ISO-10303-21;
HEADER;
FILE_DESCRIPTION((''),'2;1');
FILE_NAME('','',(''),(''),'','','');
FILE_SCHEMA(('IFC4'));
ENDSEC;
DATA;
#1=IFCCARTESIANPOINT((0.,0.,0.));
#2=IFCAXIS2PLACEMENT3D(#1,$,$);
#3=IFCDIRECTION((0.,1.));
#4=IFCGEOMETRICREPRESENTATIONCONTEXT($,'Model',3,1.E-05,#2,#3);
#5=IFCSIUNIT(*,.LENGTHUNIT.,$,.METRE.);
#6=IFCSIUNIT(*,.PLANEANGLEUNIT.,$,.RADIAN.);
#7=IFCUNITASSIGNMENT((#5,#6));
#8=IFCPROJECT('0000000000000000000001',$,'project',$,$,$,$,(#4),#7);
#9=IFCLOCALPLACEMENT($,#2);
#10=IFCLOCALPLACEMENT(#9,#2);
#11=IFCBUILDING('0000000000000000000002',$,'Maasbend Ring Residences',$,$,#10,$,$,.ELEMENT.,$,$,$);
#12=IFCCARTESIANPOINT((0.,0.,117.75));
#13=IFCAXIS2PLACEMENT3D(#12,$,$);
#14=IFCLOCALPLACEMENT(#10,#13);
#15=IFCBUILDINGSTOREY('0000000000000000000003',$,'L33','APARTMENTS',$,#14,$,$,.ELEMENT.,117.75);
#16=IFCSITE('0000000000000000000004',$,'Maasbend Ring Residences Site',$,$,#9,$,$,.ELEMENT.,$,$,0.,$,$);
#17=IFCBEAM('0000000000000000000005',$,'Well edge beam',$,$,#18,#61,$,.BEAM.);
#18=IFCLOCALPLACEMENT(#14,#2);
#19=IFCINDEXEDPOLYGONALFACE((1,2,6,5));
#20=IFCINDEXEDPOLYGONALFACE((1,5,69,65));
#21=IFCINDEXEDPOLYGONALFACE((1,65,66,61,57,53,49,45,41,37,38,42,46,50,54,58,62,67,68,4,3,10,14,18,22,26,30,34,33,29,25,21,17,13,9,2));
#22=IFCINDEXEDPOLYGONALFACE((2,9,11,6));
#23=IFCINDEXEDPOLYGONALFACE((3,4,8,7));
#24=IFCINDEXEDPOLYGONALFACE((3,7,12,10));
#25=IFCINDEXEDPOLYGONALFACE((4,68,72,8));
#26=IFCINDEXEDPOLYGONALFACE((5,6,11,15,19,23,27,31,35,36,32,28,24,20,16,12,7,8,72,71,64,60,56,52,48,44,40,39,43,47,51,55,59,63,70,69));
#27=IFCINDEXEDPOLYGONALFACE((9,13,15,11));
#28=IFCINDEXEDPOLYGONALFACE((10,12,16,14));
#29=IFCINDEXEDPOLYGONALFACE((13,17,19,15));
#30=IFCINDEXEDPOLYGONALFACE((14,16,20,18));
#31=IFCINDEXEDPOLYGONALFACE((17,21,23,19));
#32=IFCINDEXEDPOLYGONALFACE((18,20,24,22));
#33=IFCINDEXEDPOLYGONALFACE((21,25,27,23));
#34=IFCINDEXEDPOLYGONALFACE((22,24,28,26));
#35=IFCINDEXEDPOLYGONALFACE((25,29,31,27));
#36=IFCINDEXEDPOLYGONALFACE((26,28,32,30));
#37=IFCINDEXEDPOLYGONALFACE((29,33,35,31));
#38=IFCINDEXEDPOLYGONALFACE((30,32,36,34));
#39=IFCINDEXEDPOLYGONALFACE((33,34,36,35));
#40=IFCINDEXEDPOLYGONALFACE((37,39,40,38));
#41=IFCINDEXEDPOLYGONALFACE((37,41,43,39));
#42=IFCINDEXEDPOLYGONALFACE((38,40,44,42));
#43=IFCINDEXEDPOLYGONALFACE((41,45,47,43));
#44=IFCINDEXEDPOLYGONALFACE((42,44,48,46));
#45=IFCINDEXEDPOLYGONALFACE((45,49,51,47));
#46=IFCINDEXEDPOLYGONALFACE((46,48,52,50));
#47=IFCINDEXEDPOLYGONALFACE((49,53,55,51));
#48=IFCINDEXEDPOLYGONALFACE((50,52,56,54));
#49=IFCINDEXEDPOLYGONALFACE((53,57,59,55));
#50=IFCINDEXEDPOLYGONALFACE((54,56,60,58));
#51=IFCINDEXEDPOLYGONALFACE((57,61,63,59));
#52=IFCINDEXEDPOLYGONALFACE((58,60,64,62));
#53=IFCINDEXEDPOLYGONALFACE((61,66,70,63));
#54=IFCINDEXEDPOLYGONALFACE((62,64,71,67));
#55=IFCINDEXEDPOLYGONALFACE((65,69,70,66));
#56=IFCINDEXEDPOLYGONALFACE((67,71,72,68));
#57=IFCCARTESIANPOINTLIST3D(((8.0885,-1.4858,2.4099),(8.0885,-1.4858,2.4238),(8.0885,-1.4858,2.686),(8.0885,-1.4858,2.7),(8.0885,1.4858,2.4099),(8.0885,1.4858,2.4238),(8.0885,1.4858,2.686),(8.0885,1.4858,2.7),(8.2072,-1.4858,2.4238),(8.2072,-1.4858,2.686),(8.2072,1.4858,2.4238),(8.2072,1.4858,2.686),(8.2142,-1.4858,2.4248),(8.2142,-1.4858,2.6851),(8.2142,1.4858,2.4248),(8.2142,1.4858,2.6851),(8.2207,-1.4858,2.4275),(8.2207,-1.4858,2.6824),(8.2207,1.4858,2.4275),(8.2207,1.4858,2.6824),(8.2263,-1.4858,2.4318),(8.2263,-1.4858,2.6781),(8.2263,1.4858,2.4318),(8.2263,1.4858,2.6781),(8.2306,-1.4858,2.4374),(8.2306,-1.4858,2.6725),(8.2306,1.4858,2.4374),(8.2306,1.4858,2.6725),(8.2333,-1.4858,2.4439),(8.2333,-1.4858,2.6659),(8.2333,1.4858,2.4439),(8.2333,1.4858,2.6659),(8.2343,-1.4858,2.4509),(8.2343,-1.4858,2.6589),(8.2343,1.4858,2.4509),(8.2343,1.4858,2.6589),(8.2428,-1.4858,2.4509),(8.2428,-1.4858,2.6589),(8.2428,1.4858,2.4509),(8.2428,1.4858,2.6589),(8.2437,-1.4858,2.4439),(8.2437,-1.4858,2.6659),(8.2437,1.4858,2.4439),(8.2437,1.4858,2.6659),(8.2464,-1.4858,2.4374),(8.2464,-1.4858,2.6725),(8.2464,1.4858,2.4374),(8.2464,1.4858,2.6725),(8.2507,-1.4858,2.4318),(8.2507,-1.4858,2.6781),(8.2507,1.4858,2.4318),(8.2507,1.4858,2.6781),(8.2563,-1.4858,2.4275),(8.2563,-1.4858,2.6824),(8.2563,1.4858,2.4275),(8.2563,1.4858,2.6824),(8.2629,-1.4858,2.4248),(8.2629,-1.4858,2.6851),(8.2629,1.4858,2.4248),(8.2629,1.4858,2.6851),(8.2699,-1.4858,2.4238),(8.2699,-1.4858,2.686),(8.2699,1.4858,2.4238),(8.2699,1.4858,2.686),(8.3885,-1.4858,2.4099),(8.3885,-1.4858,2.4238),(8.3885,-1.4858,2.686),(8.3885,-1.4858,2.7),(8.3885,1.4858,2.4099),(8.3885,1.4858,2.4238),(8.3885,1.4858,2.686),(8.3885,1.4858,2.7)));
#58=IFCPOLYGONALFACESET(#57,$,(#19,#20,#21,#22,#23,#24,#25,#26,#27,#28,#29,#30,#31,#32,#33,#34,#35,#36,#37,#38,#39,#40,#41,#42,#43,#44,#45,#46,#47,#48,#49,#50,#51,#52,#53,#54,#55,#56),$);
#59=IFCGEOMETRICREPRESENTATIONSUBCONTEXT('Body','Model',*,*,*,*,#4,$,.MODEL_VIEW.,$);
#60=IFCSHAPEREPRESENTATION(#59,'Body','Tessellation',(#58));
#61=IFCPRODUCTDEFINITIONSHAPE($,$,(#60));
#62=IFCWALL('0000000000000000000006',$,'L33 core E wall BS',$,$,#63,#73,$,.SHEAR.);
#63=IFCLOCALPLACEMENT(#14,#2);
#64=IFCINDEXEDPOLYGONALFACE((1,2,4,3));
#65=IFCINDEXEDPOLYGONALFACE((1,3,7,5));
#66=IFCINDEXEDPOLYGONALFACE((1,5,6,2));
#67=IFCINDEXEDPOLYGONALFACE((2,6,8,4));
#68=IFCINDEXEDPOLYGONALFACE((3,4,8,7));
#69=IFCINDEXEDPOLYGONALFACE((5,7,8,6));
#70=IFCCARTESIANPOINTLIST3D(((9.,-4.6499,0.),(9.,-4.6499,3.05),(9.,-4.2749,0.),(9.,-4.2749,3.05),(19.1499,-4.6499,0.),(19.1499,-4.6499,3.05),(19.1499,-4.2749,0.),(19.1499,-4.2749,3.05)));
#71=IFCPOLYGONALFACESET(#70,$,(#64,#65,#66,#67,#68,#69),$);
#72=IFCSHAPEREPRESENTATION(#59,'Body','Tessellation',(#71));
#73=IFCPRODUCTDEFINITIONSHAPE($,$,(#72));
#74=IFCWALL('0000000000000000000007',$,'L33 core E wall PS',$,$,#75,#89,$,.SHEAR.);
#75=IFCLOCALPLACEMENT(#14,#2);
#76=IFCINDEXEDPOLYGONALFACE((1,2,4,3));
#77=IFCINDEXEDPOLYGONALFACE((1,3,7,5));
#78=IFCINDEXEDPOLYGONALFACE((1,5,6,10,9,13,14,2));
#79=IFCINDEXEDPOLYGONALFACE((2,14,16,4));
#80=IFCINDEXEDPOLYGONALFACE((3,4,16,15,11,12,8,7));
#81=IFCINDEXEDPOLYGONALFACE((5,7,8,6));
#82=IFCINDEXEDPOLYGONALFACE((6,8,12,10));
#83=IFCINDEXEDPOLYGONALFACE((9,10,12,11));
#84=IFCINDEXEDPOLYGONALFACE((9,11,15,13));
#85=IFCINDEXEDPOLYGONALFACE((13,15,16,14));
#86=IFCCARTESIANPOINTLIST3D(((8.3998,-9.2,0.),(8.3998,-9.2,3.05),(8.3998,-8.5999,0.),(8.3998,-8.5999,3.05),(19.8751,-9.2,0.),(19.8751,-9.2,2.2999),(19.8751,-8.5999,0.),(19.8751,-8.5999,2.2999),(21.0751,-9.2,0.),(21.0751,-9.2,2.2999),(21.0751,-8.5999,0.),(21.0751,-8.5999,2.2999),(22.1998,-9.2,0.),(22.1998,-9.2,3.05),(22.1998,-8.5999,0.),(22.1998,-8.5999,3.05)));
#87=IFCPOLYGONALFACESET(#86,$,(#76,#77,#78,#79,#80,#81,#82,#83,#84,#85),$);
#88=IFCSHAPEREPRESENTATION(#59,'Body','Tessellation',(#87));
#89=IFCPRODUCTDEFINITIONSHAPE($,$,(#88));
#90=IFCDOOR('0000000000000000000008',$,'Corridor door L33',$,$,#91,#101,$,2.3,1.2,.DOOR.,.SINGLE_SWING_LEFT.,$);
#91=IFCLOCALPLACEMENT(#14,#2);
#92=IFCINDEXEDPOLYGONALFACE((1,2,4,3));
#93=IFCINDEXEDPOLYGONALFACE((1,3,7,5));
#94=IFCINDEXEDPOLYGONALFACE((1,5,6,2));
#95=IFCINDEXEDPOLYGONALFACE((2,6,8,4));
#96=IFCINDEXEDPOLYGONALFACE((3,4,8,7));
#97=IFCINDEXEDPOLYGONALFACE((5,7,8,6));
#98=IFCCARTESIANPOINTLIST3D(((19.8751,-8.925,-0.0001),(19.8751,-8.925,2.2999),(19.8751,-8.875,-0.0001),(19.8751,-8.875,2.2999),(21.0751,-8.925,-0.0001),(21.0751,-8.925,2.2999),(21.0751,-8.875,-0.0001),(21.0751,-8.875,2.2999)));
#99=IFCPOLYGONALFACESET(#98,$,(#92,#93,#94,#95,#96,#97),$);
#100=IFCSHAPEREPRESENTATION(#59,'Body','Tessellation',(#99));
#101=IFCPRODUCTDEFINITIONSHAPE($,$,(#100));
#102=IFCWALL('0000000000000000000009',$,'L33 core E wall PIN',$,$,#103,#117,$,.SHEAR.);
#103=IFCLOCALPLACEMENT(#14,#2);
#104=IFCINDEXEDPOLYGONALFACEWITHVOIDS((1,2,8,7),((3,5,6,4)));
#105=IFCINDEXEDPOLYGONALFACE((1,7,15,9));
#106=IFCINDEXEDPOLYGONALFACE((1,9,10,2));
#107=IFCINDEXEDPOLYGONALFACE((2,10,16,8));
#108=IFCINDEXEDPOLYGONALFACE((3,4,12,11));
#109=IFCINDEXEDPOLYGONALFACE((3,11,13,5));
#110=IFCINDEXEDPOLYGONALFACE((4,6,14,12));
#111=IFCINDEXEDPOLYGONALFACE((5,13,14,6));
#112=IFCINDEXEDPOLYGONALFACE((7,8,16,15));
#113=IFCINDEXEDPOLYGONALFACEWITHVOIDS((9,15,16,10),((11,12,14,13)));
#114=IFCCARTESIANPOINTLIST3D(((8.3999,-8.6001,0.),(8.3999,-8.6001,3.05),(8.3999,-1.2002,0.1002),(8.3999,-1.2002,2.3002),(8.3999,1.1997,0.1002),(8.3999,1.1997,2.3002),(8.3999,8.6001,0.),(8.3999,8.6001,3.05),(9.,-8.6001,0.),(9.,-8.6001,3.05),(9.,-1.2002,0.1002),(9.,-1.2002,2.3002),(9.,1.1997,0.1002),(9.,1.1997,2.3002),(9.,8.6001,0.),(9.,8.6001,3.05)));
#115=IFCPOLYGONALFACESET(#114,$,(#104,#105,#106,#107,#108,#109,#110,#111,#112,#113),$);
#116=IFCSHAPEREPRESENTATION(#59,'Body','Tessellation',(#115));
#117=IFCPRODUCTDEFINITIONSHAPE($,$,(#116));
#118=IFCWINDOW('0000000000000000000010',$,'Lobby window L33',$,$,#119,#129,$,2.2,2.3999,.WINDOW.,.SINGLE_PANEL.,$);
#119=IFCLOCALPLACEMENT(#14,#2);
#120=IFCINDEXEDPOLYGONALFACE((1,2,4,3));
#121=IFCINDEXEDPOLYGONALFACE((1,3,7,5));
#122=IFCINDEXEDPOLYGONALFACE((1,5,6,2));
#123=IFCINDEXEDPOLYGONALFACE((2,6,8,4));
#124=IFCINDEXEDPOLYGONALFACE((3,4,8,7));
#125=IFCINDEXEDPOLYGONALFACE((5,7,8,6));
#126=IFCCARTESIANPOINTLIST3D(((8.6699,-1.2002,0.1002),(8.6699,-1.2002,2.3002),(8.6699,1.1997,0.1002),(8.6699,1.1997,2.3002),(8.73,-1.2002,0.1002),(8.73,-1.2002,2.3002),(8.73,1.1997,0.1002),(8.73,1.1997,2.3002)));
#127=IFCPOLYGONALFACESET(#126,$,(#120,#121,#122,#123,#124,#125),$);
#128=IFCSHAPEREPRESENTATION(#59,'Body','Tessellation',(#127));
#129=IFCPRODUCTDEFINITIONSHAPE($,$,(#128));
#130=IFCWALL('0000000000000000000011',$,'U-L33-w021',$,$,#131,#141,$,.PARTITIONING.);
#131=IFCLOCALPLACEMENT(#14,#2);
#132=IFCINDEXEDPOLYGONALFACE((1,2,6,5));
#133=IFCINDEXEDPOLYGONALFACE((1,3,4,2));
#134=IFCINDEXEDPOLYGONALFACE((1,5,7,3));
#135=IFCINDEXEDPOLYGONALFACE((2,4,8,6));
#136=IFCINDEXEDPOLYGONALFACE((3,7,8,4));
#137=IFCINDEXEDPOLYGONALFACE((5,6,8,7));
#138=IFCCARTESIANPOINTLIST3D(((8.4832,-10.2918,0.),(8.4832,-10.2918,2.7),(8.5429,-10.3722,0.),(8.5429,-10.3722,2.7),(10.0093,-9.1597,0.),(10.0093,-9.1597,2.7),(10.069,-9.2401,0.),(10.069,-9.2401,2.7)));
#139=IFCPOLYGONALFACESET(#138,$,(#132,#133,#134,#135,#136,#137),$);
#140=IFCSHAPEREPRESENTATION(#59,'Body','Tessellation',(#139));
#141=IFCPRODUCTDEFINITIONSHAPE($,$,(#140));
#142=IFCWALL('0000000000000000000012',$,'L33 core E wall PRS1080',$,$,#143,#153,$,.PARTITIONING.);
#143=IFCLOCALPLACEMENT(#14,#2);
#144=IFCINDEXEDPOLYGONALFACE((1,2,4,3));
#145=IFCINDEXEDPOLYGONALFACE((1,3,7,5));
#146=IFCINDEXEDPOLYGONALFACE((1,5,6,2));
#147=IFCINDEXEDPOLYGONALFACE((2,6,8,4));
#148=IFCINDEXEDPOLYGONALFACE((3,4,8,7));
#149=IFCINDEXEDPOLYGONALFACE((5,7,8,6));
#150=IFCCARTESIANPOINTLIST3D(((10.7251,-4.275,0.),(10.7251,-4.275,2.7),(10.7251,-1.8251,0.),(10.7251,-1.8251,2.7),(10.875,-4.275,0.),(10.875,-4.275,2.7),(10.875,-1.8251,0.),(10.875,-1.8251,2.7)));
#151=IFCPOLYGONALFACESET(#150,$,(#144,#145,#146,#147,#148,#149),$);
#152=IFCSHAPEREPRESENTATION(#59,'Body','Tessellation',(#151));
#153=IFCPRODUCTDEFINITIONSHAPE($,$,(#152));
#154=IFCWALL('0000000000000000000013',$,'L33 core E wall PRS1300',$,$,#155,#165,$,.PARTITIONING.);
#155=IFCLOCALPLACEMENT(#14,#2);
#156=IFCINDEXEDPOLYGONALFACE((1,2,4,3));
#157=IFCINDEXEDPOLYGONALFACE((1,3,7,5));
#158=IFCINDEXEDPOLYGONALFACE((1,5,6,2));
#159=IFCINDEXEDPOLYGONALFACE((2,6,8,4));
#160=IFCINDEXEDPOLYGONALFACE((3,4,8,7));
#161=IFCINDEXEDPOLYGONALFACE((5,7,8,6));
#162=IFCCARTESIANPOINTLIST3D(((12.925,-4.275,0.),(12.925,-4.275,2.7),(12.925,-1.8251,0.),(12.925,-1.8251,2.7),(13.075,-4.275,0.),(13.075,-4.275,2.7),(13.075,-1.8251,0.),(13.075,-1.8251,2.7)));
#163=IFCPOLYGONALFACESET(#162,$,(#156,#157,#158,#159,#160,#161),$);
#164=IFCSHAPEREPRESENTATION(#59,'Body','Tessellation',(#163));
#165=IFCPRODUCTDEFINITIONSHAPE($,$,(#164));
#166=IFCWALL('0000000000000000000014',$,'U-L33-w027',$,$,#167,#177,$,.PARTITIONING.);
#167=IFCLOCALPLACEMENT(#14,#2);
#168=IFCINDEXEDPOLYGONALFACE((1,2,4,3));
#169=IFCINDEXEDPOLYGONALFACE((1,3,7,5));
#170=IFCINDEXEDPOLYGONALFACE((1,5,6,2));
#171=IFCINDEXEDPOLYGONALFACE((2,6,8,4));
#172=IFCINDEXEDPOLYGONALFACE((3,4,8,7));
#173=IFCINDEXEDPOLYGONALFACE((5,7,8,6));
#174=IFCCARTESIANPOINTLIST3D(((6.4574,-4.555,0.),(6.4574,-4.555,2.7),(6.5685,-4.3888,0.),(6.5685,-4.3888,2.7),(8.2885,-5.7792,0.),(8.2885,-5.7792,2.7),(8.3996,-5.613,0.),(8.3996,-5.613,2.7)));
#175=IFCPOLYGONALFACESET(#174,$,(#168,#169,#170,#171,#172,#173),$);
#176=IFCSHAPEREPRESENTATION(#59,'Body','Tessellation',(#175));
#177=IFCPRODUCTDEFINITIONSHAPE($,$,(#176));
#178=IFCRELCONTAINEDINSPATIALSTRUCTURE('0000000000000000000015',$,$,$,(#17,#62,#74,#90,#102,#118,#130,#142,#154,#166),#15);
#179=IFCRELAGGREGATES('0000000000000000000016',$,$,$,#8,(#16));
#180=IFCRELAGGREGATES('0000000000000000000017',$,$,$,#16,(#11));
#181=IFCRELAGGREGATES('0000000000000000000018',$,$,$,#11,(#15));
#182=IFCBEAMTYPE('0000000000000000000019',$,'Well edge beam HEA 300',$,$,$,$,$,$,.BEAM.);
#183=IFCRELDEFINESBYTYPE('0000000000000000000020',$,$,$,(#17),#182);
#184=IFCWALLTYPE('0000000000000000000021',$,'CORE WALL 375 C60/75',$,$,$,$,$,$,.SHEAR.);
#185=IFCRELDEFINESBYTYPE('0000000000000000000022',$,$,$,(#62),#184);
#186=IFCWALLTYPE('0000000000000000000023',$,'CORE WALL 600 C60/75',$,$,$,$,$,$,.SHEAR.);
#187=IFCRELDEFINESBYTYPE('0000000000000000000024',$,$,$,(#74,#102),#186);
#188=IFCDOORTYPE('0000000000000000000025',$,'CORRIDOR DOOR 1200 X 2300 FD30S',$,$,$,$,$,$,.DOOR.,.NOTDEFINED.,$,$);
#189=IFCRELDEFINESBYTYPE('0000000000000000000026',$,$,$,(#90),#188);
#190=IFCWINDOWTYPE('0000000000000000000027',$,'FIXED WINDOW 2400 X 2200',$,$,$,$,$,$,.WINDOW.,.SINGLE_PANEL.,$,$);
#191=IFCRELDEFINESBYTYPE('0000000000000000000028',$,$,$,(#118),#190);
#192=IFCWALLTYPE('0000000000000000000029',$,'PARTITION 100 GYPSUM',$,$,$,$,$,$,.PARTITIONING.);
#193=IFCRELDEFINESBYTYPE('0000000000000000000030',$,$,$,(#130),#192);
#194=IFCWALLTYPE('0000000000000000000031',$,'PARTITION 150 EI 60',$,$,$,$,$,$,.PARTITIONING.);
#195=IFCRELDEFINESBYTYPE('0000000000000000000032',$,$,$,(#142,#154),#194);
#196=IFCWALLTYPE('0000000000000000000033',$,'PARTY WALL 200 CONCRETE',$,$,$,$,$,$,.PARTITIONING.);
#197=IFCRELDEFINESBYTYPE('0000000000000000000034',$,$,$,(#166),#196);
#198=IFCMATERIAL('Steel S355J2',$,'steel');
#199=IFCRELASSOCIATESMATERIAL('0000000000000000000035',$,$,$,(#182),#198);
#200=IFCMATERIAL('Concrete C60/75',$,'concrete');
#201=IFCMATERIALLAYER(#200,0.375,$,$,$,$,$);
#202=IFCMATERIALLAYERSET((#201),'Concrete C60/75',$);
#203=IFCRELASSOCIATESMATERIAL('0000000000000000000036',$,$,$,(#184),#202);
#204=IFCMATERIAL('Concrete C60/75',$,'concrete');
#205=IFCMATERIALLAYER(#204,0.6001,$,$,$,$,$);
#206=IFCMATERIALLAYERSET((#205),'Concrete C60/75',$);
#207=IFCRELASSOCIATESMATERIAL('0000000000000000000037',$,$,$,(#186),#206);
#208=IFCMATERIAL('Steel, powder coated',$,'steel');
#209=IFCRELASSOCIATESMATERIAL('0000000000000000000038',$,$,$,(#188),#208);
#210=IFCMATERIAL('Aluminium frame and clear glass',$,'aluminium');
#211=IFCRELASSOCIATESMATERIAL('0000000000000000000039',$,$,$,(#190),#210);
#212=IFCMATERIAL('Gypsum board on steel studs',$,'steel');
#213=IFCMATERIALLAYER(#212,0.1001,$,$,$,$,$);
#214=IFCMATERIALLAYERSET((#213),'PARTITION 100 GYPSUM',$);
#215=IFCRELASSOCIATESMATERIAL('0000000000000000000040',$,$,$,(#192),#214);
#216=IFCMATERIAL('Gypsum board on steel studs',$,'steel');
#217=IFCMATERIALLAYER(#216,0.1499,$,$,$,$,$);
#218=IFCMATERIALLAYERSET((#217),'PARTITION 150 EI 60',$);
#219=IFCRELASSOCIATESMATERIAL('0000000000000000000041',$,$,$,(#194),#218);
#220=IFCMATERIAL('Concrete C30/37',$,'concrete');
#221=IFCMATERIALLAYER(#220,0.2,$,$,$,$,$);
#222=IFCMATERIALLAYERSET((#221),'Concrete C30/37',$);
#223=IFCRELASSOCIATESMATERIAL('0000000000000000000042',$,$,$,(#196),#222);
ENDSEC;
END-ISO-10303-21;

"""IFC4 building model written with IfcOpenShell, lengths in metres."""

from ifc_helpers import new_model, si_unit, direction, frame, frame_2d, origin, origin_2d, place, context, subcontext, project, spatial, rectangle, i_section, extrude, material, layer, layer_set, material_profile, profile_set, type_object, element, fill, save


model = new_model("IFC4")

# Units and contexts
model_context = context("Model", 3, precision=1e-05, world=origin(), true_north=direction((0.0, 1.0)))
body_context = subcontext(model_context, "Body", "Model", "MODEL_VIEW")
ifc_project = project(units=[si_unit("LENGTHUNIT", "METRE"), si_unit("PLANEANGLEUNIT", "RADIAN")], contexts=[model_context])

# Site, building, storey
site_placement = place(None, origin())
site = spatial("IfcSite", under=ifc_project, at=site_placement, Name="Maasbend Ring Residences Site", CompositionType="ELEMENT", RefElevation=0.0)
building_placement = place(site_placement, origin())
building = spatial("IfcBuilding", under=site, at=building_placement, Name="Maasbend Ring Residences", CompositionType="ELEMENT")
storey_placement = place(building_placement, frame((0.0, 0.0, 117.75)))
storey = spatial("IfcBuildingStorey", under=building, at=storey_placement, Name="L33", Description="APARTMENTS", CompositionType="ELEMENT", Elevation=117.75)

# Beam
ifc_material_1 = material(Name="Steel S355J2", Category="steel")
ifc_material_profile_1 = material_profile(ifc_material_1, i_section(OverallWidth=0.3, OverallDepth=0.29, WebThickness=0.0085, FlangeThickness=0.0139, FilletRadius=0.0271, at=origin_2d()), Name="HEA 300")
ifc_profile_set_1 = profile_set([ifc_material_profile_1], Name="Steel S355J2")
beam_type = type_object("IfcBeamType", Name="Well edge beam HEA 300", PredefinedType="BEAM", material=ifc_profile_set_1)
for number, where, z_axis, x_axis, name in (
    (1, (8.2385, -1.4858, 2.5549), (0.0, 1.0, 0.0), (-1.0, 0.0, 0.0), "Well edge beam"),
):
    element("IfcBeam", number, at=place(storey_placement, frame(where, z_axis=z_axis, x_axis=x_axis)), inside=storey, type_object=beam_type, Name=name, PredefinedType="BEAM", context=body_context, shape_type="SweptSolid", body=[
        extrude(i_section(OverallWidth=0.3, OverallDepth=0.29, WebThickness=0.0085, FlangeThickness=0.0139, FilletRadius=0.0271, at=origin_2d()), origin(), (0.0, 0.0, 1.0), 2.9717),
    ])

# Wall
ifc_material_2 = material(Name="Concrete C60/75", Category="concrete")
ifc_layer_1 = layer(ifc_material_2, 0.375)
ifc_layer_set_1 = layer_set([ifc_layer_1], Name="Concrete C60/75")
wall_type_1 = type_object("IfcWallType", Name="CORE WALL 375 C60/75", PredefinedType="SHEAR", material=ifc_layer_set_1)
wall_1_placement = place(storey_placement, frame((9.0, -4.4624, 0.0), z_axis=(0.0, 0.0, 1.0), x_axis=(1.0, 0.0, 0.0)))
element("IfcWall", 2, at=wall_1_placement, inside=storey, type_object=wall_type_1, Name="L33 core E wall BS", PredefinedType="SHEAR", context=body_context, shape_type="SweptSolid", body=[
    extrude(rectangle(XDim=10.1499, YDim=0.375, at=frame_2d((5.075, 0.0))), origin(), (0.0, 0.0, 1.0), 3.05),
])

# Wall, opening, door
ifc_material_3 = material(Name="Concrete C60/75", Category="concrete")
ifc_layer_2 = layer(ifc_material_3, 0.6001)
ifc_layer_set_2 = layer_set([ifc_layer_2], Name="Concrete C60/75")
wall_type_2 = type_object("IfcWallType", Name="CORE WALL 600 C60/75", PredefinedType="SHEAR", material=ifc_layer_set_2)
wall_2_placement = place(storey_placement, frame((8.3999, -8.8999, 0.0), z_axis=(0.0, 0.0, 1.0), x_axis=(1.0, 0.0, 0.0)))
wall_2 = element("IfcWall", 3, at=wall_2_placement, inside=storey, type_object=wall_type_2, Name="L33 core E wall PS", PredefinedType="SHEAR", context=body_context, shape_type="SweptSolid", body=[
    extrude(rectangle(XDim=13.8, YDim=0.6001, at=frame_2d((6.8999, 0.0))), origin(), (0.0, 0.0, 1.0), 3.05),
])
opening_1_placement = place(wall_2_placement, frame((11.4751, 0.0, 0.0)))
opening_1 = element("IfcOpeningElement", 4, at=opening_1_placement, cuts=wall_2, PredefinedType="OPENING", context=body_context, shape_type="SweptSolid", body=[
    extrude(rectangle(XDim=1.2, YDim=2.3, at=frame_2d((0.6001, 1.1499))), frame((0.0, 0.3101, 0.0), z_axis=(0.0, -1.0, 0.0), x_axis=(1.0, 0.0, 0.0)), (0.0, 0.0, 1.0), 0.6201),
])
ifc_material_4 = material(Name="Steel, powder coated", Category="steel")
door_type = type_object("IfcDoorType", Name="CORRIDOR DOOR 1200 X 2300 FD30S", OperationType="NOTDEFINED", PredefinedType="DOOR", material=ifc_material_4)
door_placement = place(opening_1_placement, origin())
door = element("IfcDoor", 5, at=door_placement, inside=storey, type_object=door_type, Name="Corridor door L33", OperationType="SINGLE_SWING_LEFT", OverallHeight=2.3, OverallWidth=1.2, PredefinedType="DOOR", context=body_context, shape_type="SweptSolid", body=[
    extrude(rectangle(XDim=1.2, YDim=2.3, at=frame_2d((0.6001, 1.1499))), frame((0.0, 0.0249, 0.0), z_axis=(0.0, -1.0, 0.0), x_axis=(1.0, 0.0, 0.0)), (0.0, 0.0, 1.0), 0.05),
])
fill(opening_1, door)

# Wall, opening, window
wall_3_placement = place(storey_placement, frame((8.7, -8.6001, 0.0), z_axis=(0.0, 0.0, 1.0), x_axis=(0.0, 1.0, 0.0)))
wall_3 = element("IfcWall", 6, at=wall_3_placement, inside=storey, type_object=wall_type_2, Name="L33 core E wall PIN", PredefinedType="SHEAR", context=body_context, shape_type="SweptSolid", body=[
    extrude(rectangle(XDim=17.2002, YDim=0.6001, at=frame_2d((8.6001, 0.0))), origin(), (0.0, 0.0, 1.0), 3.05),
])
opening_2_placement = place(wall_3_placement, frame((7.3999, 0.0, 0.1001)))
opening_2 = element("IfcOpeningElement", 7, at=opening_2_placement, cuts=wall_3, PredefinedType="OPENING", context=body_context, shape_type="SweptSolid", body=[
    extrude(rectangle(XDim=2.3999, YDim=2.2, at=frame_2d((1.2, 1.1001))), frame((0.0, 0.3101, 0.0), z_axis=(0.0, -1.0, 0.0), x_axis=(1.0, 0.0, 0.0)), (0.0, 0.0, 1.0), 0.6201),
])
ifc_material_5 = material(Name="Aluminium frame and clear glass", Category="aluminium")
window_type = type_object("IfcWindowType", Name="FIXED WINDOW 2400 X 2200", PartitioningType="SINGLE_PANEL", PredefinedType="WINDOW", material=ifc_material_5)
window_placement = place(opening_2_placement, origin())
window = element("IfcWindow", 8, at=window_placement, inside=storey, type_object=window_type, Name="Lobby window L33", OverallHeight=2.2, OverallWidth=2.3999, PartitioningType="SINGLE_PANEL", PredefinedType="WINDOW", context=body_context, shape_type="SweptSolid", body=[
    extrude(rectangle(XDim=2.3999, YDim=2.2, at=frame_2d((1.2, 1.1001))), frame((0.0, 0.03, 0.0), z_axis=(0.0, -1.0, 0.0), x_axis=(1.0, 0.0, 0.0)), (0.0, 0.0, 1.0), 0.0601),
])
fill(opening_2, window)

# Walls
ifc_material_6 = material(Name="Gypsum board on steel studs", Category="steel")
ifc_layer_3 = layer(ifc_material_6, 0.1001)
ifc_layer_set_3 = layer_set([ifc_layer_3], Name="PARTITION 100 GYPSUM")
wall_type_3 = type_object("IfcWallType", Name="PARTITION 100 GYPSUM", PredefinedType="PARTITIONING", material=ifc_layer_set_3)
wall_4_placement = place(storey_placement, frame((8.5129, -10.332, 0.0), z_axis=(0.0, 0.0, 1.0), x_axis=(0.80315, 0.595777, 0.0)))
element("IfcWall", 9, at=wall_4_placement, inside=storey, type_object=wall_type_3, Name="U-L33-w021", PredefinedType="PARTITIONING", context=body_context, shape_type="SweptSolid", body=[
    extrude(rectangle(XDim=1.9001, YDim=0.1001, at=frame_2d((0.9502, 0.0))), origin(), (0.0, 0.0, 1.0), 2.7),
])
ifc_material_7 = material(Name="Gypsum board on steel studs", Category="steel")
ifc_layer_4 = layer(ifc_material_7, 0.1499)
ifc_layer_set_4 = layer_set([ifc_layer_4], Name="PARTITION 150 EI 60")
wall_type_4 = type_object("IfcWallType", Name="PARTITION 150 EI 60", PredefinedType="PARTITIONING", material=ifc_layer_set_4)
for number, where, z_axis, x_axis, name in (
    (10, (10.8, -1.825, 0.0), (0.0, 0.0, 1.0), (0.0, -1.0, 0.0), "L33 core E wall PRS1080"),
    (11, (13.0, -1.825, 0.0), (0.0, 0.0, 1.0), (0.0, -1.0, 0.0), "L33 core E wall PRS1300"),
):
    element("IfcWall", number, at=place(storey_placement, frame(where, z_axis=z_axis, x_axis=x_axis)), inside=storey, type_object=wall_type_4, Name=name, PredefinedType="PARTITIONING", context=body_context, shape_type="SweptSolid", body=[
        extrude(rectangle(XDim=2.45, YDim=0.1499, at=frame_2d((1.2251, 0.0))), origin(), (0.0, 0.0, 1.0), 2.7),
    ])
ifc_material_8 = material(Name="Concrete C30/37", Category="concrete")
ifc_layer_5 = layer(ifc_material_8, 0.2)
ifc_layer_set_5 = layer_set([ifc_layer_5], Name="Concrete C30/37")
wall_type_5 = type_object("IfcWallType", Name="PARTY WALL 200 CONCRETE", PredefinedType="PARTITIONING", material=ifc_layer_set_5)
wall_5_placement = place(storey_placement, frame((6.5129, -4.4719, 0.0), z_axis=(0.0, 0.0, 1.0), x_axis=(0.831333, -0.555774, 0.0)))
element("IfcWall", 12, at=wall_5_placement, inside=storey, type_object=wall_type_5, Name="U-L33-w027", PredefinedType="PARTITIONING", context=body_context, shape_type="SweptSolid", body=[
    extrude(rectangle(XDim=2.2026, YDim=0.2, at=frame_2d((1.1013, 0.0))), origin(), (0.0, 0.0, 1.0), 2.7),
])

save(model, "model.ifc")
